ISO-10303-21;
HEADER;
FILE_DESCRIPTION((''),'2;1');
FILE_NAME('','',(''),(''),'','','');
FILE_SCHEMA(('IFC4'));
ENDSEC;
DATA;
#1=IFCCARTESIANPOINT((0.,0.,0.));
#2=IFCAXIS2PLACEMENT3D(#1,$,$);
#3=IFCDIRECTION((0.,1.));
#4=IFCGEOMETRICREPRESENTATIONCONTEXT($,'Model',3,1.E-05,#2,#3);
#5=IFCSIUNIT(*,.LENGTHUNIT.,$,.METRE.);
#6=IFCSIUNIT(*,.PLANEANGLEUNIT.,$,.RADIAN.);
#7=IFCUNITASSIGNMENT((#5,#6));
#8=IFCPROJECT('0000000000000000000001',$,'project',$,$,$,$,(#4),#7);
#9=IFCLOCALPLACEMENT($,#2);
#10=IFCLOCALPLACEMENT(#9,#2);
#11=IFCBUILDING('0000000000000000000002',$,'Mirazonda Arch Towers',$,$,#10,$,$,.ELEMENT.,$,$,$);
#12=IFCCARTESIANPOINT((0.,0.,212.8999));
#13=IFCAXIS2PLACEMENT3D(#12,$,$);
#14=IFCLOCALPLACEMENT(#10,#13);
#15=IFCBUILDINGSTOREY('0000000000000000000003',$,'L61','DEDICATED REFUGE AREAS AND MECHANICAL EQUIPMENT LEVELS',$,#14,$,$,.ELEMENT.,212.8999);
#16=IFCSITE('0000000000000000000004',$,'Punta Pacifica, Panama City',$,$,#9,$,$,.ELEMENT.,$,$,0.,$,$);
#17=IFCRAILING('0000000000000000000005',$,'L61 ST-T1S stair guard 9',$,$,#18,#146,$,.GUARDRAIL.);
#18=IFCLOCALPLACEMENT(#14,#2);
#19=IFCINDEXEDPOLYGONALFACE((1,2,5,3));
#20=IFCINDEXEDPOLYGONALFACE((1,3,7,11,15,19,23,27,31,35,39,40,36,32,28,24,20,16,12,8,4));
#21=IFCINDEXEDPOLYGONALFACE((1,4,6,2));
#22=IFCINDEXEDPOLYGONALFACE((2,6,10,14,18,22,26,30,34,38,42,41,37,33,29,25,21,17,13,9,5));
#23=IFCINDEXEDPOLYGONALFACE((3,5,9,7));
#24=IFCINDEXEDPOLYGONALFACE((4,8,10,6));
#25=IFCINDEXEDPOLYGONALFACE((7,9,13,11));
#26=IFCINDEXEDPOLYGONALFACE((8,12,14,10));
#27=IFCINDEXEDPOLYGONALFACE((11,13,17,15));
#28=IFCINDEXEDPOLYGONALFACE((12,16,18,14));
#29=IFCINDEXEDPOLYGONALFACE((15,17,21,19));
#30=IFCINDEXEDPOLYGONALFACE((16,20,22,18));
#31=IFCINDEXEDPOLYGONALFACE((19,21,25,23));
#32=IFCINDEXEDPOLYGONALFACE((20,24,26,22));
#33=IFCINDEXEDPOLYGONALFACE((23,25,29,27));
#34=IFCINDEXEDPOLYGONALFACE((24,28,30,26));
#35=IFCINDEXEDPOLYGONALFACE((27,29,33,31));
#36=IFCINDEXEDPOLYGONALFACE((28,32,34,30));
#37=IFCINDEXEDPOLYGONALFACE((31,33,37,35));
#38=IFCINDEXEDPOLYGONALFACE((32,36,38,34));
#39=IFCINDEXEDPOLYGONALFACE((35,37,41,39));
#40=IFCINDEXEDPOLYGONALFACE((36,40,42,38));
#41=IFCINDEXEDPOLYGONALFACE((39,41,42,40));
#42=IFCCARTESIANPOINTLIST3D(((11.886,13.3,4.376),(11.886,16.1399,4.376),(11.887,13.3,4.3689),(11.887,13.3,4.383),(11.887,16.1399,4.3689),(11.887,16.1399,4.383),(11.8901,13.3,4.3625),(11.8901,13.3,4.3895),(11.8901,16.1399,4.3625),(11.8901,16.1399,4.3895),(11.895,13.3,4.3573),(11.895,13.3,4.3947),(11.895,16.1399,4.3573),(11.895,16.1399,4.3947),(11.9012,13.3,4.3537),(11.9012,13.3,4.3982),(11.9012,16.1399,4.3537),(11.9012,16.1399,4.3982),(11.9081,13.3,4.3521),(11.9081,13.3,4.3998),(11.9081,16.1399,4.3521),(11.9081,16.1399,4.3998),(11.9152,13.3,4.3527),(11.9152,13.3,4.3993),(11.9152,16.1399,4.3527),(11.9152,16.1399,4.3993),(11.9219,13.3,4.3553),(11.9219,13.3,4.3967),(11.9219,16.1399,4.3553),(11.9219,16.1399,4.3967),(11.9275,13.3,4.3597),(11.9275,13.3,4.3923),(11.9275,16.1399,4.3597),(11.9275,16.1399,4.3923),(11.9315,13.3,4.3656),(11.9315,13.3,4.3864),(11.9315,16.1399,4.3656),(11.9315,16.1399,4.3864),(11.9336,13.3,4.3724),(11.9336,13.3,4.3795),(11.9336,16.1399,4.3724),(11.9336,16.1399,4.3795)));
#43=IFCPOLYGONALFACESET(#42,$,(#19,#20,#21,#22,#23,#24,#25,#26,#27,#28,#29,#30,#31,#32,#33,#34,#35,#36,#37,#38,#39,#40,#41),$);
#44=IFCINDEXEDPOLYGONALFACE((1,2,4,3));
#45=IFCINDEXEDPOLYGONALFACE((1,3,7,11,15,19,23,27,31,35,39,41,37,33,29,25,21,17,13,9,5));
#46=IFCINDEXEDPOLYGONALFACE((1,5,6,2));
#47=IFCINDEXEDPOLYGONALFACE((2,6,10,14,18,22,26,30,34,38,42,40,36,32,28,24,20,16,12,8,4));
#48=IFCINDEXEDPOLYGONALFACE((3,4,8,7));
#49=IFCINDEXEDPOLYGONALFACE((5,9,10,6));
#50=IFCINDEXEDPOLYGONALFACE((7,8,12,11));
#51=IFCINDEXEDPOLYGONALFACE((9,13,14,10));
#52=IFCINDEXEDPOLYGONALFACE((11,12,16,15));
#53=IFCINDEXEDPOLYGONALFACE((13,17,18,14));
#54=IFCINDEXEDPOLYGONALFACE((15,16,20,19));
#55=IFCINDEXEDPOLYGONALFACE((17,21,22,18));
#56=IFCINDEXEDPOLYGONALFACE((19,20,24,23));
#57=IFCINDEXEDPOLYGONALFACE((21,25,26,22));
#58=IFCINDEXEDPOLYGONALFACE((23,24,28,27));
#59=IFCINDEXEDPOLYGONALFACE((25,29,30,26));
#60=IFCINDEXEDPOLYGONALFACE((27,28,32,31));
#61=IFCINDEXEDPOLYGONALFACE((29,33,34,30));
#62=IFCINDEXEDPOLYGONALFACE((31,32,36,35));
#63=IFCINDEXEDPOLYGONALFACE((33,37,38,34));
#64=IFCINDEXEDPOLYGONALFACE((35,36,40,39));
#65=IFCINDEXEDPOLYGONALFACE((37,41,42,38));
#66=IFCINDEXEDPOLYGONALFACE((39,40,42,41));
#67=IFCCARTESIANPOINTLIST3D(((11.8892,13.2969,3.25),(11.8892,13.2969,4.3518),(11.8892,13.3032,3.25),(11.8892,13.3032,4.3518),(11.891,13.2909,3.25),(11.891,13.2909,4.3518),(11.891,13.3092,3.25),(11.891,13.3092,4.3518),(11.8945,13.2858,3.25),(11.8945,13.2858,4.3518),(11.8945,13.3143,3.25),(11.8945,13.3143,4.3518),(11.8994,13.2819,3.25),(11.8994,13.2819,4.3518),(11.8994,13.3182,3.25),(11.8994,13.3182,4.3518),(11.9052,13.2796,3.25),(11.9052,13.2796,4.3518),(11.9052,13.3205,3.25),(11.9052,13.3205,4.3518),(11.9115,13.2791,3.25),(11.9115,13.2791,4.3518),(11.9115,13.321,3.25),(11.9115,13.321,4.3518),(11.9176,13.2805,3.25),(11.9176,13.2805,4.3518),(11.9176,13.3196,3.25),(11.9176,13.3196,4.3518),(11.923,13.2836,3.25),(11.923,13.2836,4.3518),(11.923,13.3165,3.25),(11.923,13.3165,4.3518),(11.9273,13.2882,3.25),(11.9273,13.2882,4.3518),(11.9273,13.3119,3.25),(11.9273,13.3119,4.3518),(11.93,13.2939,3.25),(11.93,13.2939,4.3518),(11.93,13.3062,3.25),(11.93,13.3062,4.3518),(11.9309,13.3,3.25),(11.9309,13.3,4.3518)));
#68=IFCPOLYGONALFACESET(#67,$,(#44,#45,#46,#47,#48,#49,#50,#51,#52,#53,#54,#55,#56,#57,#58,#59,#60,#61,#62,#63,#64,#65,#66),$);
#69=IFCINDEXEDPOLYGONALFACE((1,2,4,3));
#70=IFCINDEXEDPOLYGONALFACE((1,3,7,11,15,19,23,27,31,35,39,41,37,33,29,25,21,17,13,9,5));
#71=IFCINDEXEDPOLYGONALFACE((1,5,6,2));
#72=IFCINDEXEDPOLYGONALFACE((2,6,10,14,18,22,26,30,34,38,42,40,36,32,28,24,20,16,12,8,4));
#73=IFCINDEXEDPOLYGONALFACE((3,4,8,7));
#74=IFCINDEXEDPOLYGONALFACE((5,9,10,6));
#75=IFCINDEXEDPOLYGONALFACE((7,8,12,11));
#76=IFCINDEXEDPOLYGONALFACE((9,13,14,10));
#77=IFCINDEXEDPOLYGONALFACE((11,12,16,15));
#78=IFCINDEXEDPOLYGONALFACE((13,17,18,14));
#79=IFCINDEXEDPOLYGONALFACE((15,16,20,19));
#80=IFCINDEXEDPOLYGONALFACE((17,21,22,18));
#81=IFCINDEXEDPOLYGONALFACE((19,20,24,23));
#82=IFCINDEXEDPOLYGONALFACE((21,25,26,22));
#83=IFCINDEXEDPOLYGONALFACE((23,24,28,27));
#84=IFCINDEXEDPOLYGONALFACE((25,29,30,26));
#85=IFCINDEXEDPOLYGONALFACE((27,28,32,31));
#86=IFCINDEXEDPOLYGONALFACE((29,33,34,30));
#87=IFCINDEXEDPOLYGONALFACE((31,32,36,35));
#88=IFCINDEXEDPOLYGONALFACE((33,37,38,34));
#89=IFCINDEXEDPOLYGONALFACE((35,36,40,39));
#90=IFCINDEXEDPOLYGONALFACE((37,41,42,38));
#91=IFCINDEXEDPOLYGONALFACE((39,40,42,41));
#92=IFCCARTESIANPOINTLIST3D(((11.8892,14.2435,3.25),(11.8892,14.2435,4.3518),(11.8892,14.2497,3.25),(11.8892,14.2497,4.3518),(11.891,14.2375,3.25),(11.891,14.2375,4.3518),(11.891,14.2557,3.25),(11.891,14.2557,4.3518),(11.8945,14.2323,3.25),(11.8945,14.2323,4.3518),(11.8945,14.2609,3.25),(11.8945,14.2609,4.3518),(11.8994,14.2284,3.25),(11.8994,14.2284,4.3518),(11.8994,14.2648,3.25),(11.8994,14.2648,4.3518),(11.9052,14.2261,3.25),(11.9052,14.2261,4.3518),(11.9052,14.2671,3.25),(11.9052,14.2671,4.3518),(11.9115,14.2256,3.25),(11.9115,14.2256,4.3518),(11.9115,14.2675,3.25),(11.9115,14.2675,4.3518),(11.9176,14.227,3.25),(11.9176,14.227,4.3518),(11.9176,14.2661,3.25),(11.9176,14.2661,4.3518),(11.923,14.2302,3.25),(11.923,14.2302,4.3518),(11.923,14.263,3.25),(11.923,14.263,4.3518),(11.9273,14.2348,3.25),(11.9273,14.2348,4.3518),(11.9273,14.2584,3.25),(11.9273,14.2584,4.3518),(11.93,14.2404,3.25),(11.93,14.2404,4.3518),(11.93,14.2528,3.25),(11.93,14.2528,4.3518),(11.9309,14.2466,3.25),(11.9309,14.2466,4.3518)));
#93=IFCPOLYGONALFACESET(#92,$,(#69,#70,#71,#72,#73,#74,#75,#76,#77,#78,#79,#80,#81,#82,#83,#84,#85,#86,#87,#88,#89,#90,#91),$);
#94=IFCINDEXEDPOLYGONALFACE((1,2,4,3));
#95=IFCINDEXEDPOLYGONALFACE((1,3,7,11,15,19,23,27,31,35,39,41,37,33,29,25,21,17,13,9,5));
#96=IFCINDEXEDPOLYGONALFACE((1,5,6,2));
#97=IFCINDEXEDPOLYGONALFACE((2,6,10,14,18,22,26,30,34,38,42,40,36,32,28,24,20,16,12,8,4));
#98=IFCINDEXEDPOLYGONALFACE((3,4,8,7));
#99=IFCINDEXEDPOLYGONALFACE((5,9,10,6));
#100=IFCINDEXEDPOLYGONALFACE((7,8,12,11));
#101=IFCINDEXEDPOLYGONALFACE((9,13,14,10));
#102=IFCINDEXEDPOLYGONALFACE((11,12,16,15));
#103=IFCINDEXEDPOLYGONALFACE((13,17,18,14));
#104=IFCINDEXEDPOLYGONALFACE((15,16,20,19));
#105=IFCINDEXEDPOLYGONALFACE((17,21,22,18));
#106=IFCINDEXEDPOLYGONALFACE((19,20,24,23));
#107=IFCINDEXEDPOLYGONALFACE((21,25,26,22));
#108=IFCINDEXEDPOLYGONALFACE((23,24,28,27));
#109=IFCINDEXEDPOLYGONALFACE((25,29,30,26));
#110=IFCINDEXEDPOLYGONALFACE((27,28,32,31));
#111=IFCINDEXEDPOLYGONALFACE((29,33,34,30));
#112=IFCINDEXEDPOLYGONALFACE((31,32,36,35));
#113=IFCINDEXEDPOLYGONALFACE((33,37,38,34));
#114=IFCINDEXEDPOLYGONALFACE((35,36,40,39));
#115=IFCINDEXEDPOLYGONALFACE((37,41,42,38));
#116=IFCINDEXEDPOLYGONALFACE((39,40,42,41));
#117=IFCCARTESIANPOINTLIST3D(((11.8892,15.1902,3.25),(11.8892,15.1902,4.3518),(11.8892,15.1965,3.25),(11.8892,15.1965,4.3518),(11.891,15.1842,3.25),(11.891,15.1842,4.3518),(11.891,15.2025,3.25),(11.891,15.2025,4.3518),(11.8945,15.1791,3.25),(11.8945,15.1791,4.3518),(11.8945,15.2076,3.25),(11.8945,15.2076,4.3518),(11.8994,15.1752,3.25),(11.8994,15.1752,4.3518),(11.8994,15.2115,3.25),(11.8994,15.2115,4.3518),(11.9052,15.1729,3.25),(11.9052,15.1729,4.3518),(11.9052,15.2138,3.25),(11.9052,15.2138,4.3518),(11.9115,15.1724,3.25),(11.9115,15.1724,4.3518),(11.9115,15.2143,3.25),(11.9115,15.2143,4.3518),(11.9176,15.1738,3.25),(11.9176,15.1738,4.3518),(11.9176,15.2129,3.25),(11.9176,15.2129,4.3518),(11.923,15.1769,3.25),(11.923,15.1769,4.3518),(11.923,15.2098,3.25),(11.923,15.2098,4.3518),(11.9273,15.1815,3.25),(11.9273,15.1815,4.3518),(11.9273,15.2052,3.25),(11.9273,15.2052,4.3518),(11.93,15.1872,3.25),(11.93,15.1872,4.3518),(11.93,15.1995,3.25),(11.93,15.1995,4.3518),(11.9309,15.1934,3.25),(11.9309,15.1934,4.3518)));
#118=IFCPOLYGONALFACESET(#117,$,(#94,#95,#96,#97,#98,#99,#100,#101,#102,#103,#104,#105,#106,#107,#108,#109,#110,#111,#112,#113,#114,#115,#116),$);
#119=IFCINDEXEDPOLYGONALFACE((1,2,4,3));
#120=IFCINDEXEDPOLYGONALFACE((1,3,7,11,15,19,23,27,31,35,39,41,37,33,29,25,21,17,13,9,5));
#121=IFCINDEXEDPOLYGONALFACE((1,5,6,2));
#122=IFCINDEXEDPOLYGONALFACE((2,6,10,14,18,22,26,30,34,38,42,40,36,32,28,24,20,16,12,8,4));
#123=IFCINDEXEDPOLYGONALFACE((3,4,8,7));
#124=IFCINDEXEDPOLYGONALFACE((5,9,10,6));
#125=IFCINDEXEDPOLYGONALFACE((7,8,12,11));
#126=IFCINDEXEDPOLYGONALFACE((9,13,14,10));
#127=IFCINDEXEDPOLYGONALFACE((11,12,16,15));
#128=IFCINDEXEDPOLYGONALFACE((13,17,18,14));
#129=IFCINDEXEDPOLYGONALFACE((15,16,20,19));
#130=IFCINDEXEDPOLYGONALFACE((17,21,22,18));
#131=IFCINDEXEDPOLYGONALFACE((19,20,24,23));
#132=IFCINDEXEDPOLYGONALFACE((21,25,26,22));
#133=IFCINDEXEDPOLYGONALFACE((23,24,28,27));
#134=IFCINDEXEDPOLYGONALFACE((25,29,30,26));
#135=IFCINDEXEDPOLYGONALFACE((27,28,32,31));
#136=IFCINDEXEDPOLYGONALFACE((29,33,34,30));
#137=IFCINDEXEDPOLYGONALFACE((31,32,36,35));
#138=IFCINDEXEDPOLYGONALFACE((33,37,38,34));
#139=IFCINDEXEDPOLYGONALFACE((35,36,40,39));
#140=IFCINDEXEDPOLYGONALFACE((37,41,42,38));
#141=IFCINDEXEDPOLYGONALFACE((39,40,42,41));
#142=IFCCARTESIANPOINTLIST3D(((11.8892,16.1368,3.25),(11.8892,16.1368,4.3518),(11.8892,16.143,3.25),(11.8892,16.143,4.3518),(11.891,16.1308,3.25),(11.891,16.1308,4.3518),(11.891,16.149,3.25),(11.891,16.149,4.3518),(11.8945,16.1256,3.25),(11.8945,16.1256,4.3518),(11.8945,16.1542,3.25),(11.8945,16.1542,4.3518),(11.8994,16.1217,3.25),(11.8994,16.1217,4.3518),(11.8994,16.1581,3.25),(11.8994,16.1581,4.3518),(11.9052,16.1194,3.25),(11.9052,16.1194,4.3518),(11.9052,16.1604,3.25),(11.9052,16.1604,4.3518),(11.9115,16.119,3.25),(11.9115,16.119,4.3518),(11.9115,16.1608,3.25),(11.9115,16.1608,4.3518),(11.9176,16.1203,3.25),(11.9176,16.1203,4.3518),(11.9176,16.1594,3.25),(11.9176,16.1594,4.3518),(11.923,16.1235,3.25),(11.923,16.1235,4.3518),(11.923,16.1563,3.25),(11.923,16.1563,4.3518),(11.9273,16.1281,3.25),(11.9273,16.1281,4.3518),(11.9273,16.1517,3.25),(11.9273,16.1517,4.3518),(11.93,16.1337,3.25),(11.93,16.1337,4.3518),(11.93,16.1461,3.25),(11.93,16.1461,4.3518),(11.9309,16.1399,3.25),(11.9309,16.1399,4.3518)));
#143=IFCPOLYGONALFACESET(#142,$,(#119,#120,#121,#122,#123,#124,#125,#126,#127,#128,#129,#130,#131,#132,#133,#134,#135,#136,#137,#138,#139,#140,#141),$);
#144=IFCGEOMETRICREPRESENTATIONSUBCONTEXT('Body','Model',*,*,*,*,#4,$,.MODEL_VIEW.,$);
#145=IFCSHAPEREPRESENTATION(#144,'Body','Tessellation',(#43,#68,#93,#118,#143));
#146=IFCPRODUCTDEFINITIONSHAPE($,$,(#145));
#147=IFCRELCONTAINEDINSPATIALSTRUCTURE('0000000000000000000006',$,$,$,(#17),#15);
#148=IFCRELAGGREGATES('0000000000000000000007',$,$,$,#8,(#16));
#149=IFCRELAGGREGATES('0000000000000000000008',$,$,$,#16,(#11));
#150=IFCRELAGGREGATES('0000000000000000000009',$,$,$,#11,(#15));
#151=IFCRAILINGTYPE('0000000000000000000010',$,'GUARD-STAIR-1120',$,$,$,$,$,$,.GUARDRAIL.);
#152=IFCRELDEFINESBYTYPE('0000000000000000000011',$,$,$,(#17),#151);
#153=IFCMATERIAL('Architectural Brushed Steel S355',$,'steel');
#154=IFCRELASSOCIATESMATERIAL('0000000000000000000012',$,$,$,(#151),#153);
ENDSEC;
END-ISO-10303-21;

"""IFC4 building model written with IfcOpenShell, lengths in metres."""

from ifc_helpers import new_model, si_unit, direction, frame, origin, origin_2d, place, context, subcontext, project, spatial, circle, extrude, material, type_object, element, save


model = new_model("IFC4")

# Units and contexts
model_context = context("Model", 3, precision=1e-05, world=origin(), true_north=direction((0.0, 1.0)))
body_context = subcontext(model_context, "Body", "Model", "MODEL_VIEW")
ifc_project = project(units=[si_unit("LENGTHUNIT", "METRE"), si_unit("PLANEANGLEUNIT", "RADIAN")], contexts=[model_context])

# Site, building, storey
site_placement = place(None, origin())
site = spatial("IfcSite", under=ifc_project, at=site_placement, Name="Punta Pacifica, Panama City", CompositionType="ELEMENT", RefElevation=0.0)
building_placement = place(site_placement, origin())
building = spatial("IfcBuilding", under=site, at=building_placement, Name="Mirazonda Arch Towers", CompositionType="ELEMENT")
storey_placement = place(building_placement, frame((0.0, 0.0, 212.8999)))
storey = spatial("IfcBuildingStorey", under=building, at=storey_placement, Name="L61", Description="DEDICATED REFUGE AREAS AND MECHANICAL EQUIPMENT LEVELS", CompositionType="ELEMENT", Elevation=212.8999)

# Shared definitions
ifc_material_1 = material(Name="Architectural Brushed Steel S355", Category="steel")

# Railing
railing_type_1 = type_object("IfcRailingType", Name="GUARD-STAIR-1120", PredefinedType="GUARDRAIL", material=ifc_material_1)
railing_1_placement = place(storey_placement, frame((11.9099, 13.3, 3.25)))
element("IfcRailing", 1, at=railing_1_placement, inside=storey, type_object=railing_type_1, Name="L61 ST-T1S stair guard 9", PredefinedType="GUARDRAIL", context=body_context, shape_type="SweptSolid", body=[
    extrude(circle(Radius=0.0239, at=origin_2d()), frame((0.0, 0.0, 1.126), z_axis=(0.0, 1.0, 0.0), x_axis=(-1.0, 0.0, 0.0)), (0.0, 0.0, 1.0), 2.8398),
    extrude(circle(Radius=0.021, at=origin_2d()), origin(), (0.0, 0.0, 1.0), 1.1018),
    extrude(circle(Radius=0.021, at=origin_2d()), frame((0.0, 0.9465, 0.0)), (0.0, 0.0, 1.0), 1.1018),
    extrude(circle(Radius=0.021, at=origin_2d()), frame((0.0, 1.8933, 0.0)), (0.0, 0.0, 1.0), 1.1018),
    extrude(circle(Radius=0.021, at=origin_2d()), frame((0.0, 2.8398, 0.0)), (0.0, 0.0, 1.0), 1.1018),
])

save(model, "model.ifc")
